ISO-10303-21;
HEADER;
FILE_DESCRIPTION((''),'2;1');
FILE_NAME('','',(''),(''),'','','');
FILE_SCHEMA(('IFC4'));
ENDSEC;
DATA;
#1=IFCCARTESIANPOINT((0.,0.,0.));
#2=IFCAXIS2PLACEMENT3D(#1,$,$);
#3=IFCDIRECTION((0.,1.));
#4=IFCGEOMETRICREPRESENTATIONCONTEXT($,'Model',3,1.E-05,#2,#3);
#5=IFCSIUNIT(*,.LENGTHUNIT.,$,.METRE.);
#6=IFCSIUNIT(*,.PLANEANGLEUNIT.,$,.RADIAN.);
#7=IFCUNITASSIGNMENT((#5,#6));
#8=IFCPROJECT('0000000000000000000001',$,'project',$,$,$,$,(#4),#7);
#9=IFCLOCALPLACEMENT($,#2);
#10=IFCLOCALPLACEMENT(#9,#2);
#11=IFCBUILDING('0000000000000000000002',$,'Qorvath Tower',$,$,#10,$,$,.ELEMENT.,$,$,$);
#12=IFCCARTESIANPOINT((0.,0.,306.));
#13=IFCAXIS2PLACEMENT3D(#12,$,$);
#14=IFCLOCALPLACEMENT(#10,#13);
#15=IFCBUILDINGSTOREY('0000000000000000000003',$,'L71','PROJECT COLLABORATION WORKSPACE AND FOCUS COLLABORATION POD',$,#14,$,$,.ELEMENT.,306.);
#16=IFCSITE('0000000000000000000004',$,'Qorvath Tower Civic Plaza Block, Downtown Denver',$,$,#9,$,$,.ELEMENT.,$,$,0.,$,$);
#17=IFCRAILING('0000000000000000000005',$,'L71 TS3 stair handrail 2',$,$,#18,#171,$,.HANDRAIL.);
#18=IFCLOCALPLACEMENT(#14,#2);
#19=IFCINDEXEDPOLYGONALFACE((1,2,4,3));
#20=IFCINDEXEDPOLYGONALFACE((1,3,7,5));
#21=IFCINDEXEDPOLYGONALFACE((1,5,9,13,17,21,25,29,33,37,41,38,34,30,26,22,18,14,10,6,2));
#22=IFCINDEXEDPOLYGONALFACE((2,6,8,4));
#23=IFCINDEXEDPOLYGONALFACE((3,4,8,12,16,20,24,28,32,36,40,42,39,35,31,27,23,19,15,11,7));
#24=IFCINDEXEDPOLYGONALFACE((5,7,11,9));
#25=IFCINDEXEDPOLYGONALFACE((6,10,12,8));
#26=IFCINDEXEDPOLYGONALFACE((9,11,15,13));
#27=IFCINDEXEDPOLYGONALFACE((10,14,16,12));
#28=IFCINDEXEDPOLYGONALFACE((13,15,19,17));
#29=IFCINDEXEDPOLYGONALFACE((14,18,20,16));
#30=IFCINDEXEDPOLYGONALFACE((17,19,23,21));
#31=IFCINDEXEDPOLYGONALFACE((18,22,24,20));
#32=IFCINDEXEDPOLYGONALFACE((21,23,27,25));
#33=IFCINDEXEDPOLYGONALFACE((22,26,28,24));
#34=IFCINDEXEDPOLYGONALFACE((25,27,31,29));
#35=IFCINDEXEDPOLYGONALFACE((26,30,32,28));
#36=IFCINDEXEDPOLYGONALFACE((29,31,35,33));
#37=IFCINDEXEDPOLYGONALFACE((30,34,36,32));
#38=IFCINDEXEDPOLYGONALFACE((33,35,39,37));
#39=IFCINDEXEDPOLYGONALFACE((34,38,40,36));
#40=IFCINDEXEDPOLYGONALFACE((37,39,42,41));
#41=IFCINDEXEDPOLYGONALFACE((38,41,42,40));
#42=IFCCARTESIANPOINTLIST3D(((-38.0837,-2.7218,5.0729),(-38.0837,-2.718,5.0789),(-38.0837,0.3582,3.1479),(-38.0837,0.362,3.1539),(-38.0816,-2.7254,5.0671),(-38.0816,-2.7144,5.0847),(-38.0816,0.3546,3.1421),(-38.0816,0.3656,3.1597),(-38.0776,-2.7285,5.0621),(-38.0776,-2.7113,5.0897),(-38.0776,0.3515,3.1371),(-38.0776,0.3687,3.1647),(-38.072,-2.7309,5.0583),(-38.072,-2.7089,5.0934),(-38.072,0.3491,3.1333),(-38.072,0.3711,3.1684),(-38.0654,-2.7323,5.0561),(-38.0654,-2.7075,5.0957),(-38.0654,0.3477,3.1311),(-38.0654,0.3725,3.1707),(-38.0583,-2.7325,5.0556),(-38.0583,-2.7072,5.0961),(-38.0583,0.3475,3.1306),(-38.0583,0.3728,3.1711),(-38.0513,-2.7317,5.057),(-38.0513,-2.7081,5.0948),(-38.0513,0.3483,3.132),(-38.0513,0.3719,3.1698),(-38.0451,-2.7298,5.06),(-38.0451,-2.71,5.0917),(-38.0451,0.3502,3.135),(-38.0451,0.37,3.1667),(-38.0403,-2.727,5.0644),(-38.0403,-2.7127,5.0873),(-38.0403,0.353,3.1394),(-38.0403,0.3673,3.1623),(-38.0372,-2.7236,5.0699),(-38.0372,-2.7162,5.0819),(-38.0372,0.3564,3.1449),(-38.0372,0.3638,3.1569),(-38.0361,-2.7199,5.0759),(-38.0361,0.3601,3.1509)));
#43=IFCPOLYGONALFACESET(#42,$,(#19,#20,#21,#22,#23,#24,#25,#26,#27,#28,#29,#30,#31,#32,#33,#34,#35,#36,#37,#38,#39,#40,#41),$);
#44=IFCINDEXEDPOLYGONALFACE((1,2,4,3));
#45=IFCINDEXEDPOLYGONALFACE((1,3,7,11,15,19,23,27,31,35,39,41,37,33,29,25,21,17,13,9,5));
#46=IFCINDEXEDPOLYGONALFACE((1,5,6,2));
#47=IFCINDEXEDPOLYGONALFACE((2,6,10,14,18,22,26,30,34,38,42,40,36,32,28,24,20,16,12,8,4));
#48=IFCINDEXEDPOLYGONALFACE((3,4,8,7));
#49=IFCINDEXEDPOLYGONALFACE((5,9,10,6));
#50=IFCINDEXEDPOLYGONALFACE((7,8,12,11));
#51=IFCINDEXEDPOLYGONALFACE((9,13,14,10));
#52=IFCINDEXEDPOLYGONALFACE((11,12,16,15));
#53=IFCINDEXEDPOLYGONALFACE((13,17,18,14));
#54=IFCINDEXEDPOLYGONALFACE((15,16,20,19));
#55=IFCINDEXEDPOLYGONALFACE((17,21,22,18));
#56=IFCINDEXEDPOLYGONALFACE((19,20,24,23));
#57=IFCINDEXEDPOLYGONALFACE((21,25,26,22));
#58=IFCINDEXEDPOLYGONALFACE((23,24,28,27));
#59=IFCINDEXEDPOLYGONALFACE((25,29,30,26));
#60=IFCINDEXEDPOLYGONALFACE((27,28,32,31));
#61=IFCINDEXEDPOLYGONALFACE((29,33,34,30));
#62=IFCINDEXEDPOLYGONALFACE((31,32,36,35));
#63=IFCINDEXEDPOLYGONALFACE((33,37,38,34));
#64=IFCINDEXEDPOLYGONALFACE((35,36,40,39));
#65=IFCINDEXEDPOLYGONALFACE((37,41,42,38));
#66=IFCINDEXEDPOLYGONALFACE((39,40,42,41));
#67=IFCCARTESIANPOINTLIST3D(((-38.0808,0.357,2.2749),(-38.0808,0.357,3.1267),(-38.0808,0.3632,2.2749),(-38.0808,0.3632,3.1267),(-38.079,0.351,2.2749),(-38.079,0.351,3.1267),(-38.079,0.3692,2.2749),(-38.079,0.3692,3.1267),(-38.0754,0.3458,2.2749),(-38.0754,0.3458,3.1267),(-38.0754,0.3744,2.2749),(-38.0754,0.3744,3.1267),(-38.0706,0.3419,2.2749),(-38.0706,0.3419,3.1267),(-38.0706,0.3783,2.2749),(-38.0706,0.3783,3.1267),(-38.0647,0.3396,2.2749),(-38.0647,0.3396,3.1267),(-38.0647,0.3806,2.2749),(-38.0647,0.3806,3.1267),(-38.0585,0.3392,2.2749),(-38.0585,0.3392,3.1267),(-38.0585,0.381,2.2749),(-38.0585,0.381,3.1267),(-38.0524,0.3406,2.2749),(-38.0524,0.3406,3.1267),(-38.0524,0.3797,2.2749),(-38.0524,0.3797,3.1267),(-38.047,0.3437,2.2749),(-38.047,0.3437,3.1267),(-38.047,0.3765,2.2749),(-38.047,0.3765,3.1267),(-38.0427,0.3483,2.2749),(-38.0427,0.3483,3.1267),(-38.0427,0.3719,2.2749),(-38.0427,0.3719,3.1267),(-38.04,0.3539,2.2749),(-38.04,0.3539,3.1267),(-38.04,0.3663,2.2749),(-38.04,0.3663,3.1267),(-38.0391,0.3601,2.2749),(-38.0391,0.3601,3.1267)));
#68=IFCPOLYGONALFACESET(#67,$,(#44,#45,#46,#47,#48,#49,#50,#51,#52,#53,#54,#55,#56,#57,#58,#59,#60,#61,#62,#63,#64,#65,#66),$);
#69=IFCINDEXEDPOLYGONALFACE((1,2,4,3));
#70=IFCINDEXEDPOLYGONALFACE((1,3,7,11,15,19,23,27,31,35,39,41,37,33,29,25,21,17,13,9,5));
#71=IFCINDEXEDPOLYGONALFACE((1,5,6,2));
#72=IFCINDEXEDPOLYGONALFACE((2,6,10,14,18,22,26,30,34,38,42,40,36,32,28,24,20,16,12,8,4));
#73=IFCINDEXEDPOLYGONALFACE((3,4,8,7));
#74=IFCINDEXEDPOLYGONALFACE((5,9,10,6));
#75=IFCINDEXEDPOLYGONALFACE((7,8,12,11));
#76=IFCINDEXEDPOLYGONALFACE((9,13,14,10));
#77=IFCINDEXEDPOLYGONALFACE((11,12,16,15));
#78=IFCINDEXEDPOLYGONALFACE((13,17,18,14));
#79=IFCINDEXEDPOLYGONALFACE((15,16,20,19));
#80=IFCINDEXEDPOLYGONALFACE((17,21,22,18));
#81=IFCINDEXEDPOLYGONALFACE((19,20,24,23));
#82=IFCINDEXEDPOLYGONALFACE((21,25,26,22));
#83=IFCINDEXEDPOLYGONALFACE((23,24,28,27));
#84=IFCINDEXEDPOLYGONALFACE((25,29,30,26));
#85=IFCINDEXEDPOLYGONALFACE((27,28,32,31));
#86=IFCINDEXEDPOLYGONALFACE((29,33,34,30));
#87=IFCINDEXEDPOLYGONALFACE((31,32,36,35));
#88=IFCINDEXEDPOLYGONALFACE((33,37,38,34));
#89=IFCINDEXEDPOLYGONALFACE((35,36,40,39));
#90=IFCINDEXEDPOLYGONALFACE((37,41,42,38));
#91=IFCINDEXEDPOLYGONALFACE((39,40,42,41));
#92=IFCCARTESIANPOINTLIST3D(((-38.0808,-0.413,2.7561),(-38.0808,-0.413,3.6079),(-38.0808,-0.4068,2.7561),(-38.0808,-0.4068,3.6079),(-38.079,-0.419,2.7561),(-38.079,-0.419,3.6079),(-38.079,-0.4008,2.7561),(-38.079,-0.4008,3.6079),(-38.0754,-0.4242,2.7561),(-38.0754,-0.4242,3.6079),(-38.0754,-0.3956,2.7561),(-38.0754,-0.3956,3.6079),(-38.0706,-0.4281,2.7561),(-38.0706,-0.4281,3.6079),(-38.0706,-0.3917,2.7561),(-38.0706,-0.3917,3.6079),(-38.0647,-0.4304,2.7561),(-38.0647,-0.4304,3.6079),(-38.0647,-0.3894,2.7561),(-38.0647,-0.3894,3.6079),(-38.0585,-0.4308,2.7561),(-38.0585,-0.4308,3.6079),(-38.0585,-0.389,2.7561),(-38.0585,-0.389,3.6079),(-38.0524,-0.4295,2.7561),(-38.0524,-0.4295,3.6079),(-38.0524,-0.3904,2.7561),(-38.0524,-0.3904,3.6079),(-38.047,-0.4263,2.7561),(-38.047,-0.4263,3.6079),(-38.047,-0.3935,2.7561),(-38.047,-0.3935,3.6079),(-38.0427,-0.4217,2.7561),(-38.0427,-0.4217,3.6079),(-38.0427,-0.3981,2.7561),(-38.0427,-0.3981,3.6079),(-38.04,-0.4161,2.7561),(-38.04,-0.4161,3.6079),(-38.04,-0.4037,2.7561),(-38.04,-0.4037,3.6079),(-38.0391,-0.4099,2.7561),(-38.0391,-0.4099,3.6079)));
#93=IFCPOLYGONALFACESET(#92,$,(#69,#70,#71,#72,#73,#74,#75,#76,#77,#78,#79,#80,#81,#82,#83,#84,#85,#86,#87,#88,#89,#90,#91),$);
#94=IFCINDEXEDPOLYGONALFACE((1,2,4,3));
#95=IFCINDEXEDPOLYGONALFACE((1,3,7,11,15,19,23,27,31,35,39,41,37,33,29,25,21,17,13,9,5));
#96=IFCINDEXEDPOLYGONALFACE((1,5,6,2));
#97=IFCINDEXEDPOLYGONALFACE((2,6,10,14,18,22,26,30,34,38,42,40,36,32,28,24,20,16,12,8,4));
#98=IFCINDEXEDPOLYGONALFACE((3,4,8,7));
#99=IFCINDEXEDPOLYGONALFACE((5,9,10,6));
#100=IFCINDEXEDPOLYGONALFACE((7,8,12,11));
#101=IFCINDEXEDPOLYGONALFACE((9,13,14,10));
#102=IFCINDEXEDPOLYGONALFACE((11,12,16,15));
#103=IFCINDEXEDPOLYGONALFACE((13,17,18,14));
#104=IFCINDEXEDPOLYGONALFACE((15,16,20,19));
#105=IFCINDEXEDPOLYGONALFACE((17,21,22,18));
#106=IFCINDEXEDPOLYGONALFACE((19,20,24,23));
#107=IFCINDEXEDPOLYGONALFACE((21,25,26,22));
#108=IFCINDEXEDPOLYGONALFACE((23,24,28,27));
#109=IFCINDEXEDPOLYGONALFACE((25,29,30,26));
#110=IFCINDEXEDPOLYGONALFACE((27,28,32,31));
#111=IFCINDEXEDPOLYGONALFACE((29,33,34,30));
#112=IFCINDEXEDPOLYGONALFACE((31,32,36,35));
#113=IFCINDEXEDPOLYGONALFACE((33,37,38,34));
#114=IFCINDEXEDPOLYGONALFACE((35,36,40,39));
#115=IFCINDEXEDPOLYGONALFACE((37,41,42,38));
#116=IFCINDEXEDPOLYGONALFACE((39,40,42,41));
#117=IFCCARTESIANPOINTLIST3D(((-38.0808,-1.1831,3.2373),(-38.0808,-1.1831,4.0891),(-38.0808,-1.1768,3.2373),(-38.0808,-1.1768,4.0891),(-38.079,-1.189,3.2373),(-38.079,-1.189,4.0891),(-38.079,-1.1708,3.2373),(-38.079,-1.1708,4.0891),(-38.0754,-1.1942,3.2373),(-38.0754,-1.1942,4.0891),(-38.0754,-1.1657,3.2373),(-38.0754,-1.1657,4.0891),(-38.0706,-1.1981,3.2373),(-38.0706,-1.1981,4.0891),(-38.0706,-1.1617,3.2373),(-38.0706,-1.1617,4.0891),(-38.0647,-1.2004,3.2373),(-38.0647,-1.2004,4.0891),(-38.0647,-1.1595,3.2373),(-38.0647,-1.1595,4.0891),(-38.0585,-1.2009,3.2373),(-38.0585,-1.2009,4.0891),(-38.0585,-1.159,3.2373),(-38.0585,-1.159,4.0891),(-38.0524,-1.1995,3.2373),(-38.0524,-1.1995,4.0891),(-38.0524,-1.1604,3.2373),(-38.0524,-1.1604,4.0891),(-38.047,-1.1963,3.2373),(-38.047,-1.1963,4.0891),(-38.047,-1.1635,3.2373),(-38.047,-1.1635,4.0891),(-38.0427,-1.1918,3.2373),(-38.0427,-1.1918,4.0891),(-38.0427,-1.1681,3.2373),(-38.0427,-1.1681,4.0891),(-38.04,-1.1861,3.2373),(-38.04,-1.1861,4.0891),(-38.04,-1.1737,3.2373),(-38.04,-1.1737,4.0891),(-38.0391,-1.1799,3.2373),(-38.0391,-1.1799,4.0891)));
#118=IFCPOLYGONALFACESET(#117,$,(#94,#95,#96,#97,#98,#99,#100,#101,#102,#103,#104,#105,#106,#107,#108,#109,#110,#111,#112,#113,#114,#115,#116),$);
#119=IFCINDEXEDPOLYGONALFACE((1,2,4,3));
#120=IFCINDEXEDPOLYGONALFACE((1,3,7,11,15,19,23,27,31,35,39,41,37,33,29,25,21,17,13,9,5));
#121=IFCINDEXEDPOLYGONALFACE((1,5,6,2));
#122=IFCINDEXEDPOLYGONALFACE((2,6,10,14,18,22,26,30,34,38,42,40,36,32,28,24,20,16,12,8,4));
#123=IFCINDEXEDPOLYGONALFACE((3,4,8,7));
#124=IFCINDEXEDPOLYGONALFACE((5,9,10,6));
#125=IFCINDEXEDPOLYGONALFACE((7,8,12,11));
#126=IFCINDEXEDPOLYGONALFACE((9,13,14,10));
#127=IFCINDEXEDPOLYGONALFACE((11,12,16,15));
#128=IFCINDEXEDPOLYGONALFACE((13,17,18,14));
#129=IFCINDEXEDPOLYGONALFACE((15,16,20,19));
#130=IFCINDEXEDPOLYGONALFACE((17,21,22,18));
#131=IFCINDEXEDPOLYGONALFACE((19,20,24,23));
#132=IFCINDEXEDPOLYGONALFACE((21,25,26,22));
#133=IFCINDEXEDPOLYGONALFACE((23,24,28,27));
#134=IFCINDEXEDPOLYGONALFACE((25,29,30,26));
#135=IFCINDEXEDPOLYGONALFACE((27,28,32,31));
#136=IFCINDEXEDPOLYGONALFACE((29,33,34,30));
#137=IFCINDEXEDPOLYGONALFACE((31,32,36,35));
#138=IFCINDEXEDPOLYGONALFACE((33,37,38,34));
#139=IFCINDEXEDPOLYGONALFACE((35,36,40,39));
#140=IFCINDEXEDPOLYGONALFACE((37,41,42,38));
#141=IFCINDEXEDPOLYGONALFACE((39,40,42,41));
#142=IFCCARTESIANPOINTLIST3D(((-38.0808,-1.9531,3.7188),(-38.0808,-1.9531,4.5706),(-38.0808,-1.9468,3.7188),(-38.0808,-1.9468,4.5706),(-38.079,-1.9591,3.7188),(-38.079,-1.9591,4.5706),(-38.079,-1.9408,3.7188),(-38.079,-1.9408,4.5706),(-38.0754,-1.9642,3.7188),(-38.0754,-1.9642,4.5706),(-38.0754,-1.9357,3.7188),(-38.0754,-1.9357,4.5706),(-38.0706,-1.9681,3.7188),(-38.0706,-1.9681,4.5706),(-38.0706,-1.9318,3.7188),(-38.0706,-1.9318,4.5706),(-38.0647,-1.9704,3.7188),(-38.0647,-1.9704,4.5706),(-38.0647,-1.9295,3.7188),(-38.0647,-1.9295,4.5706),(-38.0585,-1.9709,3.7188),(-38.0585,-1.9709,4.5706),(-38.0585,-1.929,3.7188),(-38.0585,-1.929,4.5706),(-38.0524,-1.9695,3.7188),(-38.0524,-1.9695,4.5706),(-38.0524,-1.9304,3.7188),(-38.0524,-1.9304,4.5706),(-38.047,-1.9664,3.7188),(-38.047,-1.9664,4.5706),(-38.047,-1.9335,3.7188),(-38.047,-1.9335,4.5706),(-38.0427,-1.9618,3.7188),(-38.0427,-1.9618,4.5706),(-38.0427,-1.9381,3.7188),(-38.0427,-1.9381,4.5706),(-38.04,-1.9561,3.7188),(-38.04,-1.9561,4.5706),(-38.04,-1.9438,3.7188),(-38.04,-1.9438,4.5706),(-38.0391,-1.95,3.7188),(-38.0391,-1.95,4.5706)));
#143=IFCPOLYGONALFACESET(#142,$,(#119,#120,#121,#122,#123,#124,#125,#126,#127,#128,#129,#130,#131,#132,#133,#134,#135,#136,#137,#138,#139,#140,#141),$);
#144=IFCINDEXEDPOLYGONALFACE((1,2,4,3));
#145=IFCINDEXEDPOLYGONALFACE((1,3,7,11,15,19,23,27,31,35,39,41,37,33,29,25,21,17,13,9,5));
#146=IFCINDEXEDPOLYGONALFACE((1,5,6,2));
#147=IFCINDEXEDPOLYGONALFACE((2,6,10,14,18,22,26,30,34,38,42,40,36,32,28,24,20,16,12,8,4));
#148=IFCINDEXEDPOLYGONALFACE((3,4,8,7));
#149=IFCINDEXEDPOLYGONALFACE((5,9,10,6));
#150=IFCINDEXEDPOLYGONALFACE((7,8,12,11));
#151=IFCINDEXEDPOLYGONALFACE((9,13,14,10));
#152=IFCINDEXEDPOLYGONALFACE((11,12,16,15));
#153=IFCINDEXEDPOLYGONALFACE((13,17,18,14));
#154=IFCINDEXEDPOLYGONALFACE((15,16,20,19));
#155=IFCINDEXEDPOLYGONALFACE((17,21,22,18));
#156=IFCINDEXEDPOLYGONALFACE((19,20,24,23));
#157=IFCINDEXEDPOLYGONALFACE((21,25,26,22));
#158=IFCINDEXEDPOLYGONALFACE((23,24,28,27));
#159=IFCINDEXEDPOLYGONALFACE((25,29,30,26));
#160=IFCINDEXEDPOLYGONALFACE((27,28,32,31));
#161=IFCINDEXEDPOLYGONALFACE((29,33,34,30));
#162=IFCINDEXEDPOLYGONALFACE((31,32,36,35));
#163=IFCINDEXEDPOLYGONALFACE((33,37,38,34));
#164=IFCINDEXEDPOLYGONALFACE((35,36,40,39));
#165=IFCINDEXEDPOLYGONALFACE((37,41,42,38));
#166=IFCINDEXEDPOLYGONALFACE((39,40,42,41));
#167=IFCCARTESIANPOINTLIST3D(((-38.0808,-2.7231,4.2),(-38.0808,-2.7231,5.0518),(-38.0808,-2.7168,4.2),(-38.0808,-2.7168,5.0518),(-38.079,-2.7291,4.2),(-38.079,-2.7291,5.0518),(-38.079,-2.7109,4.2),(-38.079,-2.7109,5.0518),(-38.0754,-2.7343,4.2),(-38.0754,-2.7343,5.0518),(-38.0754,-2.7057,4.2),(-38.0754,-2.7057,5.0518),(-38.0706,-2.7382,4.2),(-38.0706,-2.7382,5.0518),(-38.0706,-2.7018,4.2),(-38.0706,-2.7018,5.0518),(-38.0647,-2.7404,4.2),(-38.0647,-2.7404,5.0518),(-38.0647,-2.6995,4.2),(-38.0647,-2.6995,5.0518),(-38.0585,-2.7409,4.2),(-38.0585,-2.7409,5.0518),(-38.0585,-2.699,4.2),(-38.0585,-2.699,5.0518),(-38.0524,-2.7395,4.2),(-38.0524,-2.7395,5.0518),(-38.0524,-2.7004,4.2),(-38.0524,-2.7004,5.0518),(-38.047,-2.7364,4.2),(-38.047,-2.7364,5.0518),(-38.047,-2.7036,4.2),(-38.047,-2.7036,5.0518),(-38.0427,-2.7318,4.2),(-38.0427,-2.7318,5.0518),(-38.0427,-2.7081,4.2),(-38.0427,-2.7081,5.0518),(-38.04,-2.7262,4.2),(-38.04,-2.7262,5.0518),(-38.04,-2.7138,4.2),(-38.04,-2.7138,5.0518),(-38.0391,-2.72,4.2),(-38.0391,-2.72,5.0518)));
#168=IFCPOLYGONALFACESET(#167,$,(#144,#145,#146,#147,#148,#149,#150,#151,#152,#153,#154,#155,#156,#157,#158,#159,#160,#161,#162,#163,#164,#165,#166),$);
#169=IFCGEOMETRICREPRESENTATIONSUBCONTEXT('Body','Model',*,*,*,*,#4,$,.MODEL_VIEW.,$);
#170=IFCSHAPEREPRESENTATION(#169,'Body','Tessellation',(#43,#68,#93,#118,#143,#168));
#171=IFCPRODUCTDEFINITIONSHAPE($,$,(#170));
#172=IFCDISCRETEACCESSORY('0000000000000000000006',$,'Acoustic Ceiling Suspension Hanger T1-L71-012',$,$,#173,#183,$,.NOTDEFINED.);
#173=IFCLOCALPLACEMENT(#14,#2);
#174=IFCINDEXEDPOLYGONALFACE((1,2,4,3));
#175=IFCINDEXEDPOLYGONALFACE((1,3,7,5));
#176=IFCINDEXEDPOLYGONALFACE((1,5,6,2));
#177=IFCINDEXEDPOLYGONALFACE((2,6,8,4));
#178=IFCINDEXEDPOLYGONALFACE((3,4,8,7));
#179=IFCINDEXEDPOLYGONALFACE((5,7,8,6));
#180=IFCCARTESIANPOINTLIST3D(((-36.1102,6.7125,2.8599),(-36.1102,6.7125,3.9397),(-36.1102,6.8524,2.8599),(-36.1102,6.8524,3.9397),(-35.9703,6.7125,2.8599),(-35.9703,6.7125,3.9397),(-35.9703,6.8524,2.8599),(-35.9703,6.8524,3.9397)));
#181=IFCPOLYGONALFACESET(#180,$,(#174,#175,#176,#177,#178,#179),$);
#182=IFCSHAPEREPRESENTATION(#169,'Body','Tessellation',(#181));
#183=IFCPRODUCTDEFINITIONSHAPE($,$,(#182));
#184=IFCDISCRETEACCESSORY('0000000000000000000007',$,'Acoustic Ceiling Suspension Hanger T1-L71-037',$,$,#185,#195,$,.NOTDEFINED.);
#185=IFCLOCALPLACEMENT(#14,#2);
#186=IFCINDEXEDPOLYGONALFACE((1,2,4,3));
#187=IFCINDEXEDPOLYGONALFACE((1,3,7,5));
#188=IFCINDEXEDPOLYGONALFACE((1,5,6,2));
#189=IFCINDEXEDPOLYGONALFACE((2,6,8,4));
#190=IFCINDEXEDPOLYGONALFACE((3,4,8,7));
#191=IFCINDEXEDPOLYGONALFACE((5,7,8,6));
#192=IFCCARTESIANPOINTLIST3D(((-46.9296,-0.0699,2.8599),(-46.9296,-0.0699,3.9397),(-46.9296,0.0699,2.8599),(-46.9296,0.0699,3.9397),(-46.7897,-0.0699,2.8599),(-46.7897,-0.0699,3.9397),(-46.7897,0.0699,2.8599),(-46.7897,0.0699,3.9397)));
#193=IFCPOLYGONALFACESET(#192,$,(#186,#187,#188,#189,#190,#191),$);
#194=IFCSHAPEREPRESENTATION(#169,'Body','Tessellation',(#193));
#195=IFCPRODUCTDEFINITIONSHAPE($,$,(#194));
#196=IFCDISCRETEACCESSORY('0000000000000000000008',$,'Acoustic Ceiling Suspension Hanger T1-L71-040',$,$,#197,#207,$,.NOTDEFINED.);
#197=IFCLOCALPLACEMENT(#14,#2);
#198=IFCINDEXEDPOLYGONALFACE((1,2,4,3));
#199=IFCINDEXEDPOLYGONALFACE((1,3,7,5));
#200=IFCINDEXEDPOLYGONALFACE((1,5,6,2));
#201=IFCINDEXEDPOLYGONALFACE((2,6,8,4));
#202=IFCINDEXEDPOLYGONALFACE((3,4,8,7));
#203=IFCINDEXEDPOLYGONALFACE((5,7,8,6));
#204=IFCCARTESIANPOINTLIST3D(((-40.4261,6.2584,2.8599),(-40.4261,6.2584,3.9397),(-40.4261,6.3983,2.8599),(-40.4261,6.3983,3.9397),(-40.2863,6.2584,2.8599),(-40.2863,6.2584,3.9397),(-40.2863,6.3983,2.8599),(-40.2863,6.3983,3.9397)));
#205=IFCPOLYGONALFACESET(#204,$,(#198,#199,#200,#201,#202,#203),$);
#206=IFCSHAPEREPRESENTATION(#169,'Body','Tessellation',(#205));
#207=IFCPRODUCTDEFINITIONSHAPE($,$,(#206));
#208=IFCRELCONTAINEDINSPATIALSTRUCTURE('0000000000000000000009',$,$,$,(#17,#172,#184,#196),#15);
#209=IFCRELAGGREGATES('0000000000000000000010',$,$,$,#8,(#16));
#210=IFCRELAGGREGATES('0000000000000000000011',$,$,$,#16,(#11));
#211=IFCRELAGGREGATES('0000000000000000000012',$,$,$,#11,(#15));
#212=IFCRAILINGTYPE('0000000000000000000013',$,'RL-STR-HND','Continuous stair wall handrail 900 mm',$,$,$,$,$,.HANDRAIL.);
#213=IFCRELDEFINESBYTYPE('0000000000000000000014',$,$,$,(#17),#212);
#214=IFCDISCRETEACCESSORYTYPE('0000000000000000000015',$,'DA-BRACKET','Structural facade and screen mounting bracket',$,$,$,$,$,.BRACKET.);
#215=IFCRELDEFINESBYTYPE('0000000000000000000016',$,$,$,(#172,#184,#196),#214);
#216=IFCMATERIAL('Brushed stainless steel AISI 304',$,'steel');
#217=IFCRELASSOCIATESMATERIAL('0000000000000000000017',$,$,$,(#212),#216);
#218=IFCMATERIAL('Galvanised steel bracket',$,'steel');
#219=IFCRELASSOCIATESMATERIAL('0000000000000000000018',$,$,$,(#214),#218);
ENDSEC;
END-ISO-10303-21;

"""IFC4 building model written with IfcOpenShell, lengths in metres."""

from ifc_helpers import new_model, si_unit, direction, frame, origin, origin_2d, place, context, subcontext, project, spatial, rectangle, circle, extrude, material, type_object, element, save


model = new_model("IFC4")

# Units and contexts
model_context = context("Model", 3, precision=1e-05, world=origin(), true_north=direction((0.0, 1.0)))
body_context = subcontext(model_context, "Body", "Model", "MODEL_VIEW")
ifc_project = project(units=[si_unit("LENGTHUNIT", "METRE"), si_unit("PLANEANGLEUNIT", "RADIAN")], contexts=[model_context])

# Site, building, storey
site_placement = place(None, origin())
site = spatial("IfcSite", under=ifc_project, at=site_placement, Name="Qorvath Tower Civic Plaza Block, Downtown Denver", CompositionType="ELEMENT", RefElevation=0.0)
building_placement = place(site_placement, origin())
building = spatial("IfcBuilding", under=site, at=building_placement, Name="Qorvath Tower", CompositionType="ELEMENT")
storey_placement = place(building_placement, frame((0.0, 0.0, 306.0)))
storey = spatial("IfcBuildingStorey", under=building, at=storey_placement, Name="L71", Description="PROJECT COLLABORATION WORKSPACE AND FOCUS COLLABORATION POD", CompositionType="ELEMENT", Elevation=306.0)

# Railing
ifc_material_1 = material(Name="Brushed stainless steel AISI 304", Category="steel")
railing_type_1 = type_object("IfcRailingType", Name="RL-STR-HND", Description="Continuous stair wall handrail 900 mm", PredefinedType="HANDRAIL", material=ifc_material_1)
railing_1_placement = place(storey_placement, frame((-38.0601, 0.3601, 2.2749)))
element("IfcRailing", 1, at=railing_1_placement, inside=storey, type_object=railing_type_1, Name="L71 TS3 stair handrail 2", PredefinedType="HANDRAIL", context=body_context, shape_type="SweptSolid", body=[
    extrude(circle(Radius=0.0239, at=origin_2d()), frame((0.0, 0.0, 0.876), z_axis=(0.0, -0.847998, 0.529999), x_axis=(1.0, 0.0, 0.0)), (0.0, 0.0, 1.0), 3.6321),
    extrude(circle(Radius=0.021, at=origin_2d()), origin(), (0.0, 0.0, 1.0), 0.8518),
    extrude(circle(Radius=0.021, at=origin_2d()), frame((0.0, -0.77, 0.4812)), (0.0, 0.0, 1.0), 0.8518),
    extrude(circle(Radius=0.021, at=origin_2d()), frame((0.0, -1.54, 0.9624)), (0.0, 0.0, 1.0), 0.8518),
    extrude(circle(Radius=0.021, at=origin_2d()), frame((0.0, -2.3101, 1.4438)), (0.0, 0.0, 1.0), 0.8518),
    extrude(circle(Radius=0.021, at=origin_2d()), frame((0.0, -3.0801, 1.925)), (0.0, 0.0, 1.0), 0.8518),
])

# Discrete accessories
ifc_material_2 = material(Name="Galvanised steel bracket", Category="steel")
discrete_accessory_type = type_object("IfcDiscreteAccessoryType", Name="DA-BRACKET", Description="Structural facade and screen mounting bracket", PredefinedType="BRACKET", material=ifc_material_2)
for number, where, z_axis, x_axis, name in (
    (2, (-36.0403, 6.7825, 2.8599), (0.0, 0.0, 1.0), (1.0, 0.0, 0.0), "Acoustic Ceiling Suspension Hanger T1-L71-012"),
    (3, (-46.8596, 0.0, 2.8599), (0.0, 0.0, 1.0), (1.0, 0.0, 0.0), "Acoustic Ceiling Suspension Hanger T1-L71-037"),
    (4, (-40.3562, 6.3284, 2.8599), (0.0, 0.0, 1.0), (1.0, 0.0, 0.0), "Acoustic Ceiling Suspension Hanger T1-L71-040"),
):
    element("IfcDiscreteAccessory", number, at=place(storey_placement, frame(where, z_axis=z_axis, x_axis=x_axis)), inside=storey, type_object=discrete_accessory_type, Name=name, PredefinedType="NOTDEFINED", context=body_context, shape_type="SweptSolid", body=[
        extrude(rectangle(XDim=0.1399, YDim=0.1399, at=origin_2d()), origin(), (0.0, 0.0, 1.0), 1.0798),
    ])

save(model, "model.ifc")
